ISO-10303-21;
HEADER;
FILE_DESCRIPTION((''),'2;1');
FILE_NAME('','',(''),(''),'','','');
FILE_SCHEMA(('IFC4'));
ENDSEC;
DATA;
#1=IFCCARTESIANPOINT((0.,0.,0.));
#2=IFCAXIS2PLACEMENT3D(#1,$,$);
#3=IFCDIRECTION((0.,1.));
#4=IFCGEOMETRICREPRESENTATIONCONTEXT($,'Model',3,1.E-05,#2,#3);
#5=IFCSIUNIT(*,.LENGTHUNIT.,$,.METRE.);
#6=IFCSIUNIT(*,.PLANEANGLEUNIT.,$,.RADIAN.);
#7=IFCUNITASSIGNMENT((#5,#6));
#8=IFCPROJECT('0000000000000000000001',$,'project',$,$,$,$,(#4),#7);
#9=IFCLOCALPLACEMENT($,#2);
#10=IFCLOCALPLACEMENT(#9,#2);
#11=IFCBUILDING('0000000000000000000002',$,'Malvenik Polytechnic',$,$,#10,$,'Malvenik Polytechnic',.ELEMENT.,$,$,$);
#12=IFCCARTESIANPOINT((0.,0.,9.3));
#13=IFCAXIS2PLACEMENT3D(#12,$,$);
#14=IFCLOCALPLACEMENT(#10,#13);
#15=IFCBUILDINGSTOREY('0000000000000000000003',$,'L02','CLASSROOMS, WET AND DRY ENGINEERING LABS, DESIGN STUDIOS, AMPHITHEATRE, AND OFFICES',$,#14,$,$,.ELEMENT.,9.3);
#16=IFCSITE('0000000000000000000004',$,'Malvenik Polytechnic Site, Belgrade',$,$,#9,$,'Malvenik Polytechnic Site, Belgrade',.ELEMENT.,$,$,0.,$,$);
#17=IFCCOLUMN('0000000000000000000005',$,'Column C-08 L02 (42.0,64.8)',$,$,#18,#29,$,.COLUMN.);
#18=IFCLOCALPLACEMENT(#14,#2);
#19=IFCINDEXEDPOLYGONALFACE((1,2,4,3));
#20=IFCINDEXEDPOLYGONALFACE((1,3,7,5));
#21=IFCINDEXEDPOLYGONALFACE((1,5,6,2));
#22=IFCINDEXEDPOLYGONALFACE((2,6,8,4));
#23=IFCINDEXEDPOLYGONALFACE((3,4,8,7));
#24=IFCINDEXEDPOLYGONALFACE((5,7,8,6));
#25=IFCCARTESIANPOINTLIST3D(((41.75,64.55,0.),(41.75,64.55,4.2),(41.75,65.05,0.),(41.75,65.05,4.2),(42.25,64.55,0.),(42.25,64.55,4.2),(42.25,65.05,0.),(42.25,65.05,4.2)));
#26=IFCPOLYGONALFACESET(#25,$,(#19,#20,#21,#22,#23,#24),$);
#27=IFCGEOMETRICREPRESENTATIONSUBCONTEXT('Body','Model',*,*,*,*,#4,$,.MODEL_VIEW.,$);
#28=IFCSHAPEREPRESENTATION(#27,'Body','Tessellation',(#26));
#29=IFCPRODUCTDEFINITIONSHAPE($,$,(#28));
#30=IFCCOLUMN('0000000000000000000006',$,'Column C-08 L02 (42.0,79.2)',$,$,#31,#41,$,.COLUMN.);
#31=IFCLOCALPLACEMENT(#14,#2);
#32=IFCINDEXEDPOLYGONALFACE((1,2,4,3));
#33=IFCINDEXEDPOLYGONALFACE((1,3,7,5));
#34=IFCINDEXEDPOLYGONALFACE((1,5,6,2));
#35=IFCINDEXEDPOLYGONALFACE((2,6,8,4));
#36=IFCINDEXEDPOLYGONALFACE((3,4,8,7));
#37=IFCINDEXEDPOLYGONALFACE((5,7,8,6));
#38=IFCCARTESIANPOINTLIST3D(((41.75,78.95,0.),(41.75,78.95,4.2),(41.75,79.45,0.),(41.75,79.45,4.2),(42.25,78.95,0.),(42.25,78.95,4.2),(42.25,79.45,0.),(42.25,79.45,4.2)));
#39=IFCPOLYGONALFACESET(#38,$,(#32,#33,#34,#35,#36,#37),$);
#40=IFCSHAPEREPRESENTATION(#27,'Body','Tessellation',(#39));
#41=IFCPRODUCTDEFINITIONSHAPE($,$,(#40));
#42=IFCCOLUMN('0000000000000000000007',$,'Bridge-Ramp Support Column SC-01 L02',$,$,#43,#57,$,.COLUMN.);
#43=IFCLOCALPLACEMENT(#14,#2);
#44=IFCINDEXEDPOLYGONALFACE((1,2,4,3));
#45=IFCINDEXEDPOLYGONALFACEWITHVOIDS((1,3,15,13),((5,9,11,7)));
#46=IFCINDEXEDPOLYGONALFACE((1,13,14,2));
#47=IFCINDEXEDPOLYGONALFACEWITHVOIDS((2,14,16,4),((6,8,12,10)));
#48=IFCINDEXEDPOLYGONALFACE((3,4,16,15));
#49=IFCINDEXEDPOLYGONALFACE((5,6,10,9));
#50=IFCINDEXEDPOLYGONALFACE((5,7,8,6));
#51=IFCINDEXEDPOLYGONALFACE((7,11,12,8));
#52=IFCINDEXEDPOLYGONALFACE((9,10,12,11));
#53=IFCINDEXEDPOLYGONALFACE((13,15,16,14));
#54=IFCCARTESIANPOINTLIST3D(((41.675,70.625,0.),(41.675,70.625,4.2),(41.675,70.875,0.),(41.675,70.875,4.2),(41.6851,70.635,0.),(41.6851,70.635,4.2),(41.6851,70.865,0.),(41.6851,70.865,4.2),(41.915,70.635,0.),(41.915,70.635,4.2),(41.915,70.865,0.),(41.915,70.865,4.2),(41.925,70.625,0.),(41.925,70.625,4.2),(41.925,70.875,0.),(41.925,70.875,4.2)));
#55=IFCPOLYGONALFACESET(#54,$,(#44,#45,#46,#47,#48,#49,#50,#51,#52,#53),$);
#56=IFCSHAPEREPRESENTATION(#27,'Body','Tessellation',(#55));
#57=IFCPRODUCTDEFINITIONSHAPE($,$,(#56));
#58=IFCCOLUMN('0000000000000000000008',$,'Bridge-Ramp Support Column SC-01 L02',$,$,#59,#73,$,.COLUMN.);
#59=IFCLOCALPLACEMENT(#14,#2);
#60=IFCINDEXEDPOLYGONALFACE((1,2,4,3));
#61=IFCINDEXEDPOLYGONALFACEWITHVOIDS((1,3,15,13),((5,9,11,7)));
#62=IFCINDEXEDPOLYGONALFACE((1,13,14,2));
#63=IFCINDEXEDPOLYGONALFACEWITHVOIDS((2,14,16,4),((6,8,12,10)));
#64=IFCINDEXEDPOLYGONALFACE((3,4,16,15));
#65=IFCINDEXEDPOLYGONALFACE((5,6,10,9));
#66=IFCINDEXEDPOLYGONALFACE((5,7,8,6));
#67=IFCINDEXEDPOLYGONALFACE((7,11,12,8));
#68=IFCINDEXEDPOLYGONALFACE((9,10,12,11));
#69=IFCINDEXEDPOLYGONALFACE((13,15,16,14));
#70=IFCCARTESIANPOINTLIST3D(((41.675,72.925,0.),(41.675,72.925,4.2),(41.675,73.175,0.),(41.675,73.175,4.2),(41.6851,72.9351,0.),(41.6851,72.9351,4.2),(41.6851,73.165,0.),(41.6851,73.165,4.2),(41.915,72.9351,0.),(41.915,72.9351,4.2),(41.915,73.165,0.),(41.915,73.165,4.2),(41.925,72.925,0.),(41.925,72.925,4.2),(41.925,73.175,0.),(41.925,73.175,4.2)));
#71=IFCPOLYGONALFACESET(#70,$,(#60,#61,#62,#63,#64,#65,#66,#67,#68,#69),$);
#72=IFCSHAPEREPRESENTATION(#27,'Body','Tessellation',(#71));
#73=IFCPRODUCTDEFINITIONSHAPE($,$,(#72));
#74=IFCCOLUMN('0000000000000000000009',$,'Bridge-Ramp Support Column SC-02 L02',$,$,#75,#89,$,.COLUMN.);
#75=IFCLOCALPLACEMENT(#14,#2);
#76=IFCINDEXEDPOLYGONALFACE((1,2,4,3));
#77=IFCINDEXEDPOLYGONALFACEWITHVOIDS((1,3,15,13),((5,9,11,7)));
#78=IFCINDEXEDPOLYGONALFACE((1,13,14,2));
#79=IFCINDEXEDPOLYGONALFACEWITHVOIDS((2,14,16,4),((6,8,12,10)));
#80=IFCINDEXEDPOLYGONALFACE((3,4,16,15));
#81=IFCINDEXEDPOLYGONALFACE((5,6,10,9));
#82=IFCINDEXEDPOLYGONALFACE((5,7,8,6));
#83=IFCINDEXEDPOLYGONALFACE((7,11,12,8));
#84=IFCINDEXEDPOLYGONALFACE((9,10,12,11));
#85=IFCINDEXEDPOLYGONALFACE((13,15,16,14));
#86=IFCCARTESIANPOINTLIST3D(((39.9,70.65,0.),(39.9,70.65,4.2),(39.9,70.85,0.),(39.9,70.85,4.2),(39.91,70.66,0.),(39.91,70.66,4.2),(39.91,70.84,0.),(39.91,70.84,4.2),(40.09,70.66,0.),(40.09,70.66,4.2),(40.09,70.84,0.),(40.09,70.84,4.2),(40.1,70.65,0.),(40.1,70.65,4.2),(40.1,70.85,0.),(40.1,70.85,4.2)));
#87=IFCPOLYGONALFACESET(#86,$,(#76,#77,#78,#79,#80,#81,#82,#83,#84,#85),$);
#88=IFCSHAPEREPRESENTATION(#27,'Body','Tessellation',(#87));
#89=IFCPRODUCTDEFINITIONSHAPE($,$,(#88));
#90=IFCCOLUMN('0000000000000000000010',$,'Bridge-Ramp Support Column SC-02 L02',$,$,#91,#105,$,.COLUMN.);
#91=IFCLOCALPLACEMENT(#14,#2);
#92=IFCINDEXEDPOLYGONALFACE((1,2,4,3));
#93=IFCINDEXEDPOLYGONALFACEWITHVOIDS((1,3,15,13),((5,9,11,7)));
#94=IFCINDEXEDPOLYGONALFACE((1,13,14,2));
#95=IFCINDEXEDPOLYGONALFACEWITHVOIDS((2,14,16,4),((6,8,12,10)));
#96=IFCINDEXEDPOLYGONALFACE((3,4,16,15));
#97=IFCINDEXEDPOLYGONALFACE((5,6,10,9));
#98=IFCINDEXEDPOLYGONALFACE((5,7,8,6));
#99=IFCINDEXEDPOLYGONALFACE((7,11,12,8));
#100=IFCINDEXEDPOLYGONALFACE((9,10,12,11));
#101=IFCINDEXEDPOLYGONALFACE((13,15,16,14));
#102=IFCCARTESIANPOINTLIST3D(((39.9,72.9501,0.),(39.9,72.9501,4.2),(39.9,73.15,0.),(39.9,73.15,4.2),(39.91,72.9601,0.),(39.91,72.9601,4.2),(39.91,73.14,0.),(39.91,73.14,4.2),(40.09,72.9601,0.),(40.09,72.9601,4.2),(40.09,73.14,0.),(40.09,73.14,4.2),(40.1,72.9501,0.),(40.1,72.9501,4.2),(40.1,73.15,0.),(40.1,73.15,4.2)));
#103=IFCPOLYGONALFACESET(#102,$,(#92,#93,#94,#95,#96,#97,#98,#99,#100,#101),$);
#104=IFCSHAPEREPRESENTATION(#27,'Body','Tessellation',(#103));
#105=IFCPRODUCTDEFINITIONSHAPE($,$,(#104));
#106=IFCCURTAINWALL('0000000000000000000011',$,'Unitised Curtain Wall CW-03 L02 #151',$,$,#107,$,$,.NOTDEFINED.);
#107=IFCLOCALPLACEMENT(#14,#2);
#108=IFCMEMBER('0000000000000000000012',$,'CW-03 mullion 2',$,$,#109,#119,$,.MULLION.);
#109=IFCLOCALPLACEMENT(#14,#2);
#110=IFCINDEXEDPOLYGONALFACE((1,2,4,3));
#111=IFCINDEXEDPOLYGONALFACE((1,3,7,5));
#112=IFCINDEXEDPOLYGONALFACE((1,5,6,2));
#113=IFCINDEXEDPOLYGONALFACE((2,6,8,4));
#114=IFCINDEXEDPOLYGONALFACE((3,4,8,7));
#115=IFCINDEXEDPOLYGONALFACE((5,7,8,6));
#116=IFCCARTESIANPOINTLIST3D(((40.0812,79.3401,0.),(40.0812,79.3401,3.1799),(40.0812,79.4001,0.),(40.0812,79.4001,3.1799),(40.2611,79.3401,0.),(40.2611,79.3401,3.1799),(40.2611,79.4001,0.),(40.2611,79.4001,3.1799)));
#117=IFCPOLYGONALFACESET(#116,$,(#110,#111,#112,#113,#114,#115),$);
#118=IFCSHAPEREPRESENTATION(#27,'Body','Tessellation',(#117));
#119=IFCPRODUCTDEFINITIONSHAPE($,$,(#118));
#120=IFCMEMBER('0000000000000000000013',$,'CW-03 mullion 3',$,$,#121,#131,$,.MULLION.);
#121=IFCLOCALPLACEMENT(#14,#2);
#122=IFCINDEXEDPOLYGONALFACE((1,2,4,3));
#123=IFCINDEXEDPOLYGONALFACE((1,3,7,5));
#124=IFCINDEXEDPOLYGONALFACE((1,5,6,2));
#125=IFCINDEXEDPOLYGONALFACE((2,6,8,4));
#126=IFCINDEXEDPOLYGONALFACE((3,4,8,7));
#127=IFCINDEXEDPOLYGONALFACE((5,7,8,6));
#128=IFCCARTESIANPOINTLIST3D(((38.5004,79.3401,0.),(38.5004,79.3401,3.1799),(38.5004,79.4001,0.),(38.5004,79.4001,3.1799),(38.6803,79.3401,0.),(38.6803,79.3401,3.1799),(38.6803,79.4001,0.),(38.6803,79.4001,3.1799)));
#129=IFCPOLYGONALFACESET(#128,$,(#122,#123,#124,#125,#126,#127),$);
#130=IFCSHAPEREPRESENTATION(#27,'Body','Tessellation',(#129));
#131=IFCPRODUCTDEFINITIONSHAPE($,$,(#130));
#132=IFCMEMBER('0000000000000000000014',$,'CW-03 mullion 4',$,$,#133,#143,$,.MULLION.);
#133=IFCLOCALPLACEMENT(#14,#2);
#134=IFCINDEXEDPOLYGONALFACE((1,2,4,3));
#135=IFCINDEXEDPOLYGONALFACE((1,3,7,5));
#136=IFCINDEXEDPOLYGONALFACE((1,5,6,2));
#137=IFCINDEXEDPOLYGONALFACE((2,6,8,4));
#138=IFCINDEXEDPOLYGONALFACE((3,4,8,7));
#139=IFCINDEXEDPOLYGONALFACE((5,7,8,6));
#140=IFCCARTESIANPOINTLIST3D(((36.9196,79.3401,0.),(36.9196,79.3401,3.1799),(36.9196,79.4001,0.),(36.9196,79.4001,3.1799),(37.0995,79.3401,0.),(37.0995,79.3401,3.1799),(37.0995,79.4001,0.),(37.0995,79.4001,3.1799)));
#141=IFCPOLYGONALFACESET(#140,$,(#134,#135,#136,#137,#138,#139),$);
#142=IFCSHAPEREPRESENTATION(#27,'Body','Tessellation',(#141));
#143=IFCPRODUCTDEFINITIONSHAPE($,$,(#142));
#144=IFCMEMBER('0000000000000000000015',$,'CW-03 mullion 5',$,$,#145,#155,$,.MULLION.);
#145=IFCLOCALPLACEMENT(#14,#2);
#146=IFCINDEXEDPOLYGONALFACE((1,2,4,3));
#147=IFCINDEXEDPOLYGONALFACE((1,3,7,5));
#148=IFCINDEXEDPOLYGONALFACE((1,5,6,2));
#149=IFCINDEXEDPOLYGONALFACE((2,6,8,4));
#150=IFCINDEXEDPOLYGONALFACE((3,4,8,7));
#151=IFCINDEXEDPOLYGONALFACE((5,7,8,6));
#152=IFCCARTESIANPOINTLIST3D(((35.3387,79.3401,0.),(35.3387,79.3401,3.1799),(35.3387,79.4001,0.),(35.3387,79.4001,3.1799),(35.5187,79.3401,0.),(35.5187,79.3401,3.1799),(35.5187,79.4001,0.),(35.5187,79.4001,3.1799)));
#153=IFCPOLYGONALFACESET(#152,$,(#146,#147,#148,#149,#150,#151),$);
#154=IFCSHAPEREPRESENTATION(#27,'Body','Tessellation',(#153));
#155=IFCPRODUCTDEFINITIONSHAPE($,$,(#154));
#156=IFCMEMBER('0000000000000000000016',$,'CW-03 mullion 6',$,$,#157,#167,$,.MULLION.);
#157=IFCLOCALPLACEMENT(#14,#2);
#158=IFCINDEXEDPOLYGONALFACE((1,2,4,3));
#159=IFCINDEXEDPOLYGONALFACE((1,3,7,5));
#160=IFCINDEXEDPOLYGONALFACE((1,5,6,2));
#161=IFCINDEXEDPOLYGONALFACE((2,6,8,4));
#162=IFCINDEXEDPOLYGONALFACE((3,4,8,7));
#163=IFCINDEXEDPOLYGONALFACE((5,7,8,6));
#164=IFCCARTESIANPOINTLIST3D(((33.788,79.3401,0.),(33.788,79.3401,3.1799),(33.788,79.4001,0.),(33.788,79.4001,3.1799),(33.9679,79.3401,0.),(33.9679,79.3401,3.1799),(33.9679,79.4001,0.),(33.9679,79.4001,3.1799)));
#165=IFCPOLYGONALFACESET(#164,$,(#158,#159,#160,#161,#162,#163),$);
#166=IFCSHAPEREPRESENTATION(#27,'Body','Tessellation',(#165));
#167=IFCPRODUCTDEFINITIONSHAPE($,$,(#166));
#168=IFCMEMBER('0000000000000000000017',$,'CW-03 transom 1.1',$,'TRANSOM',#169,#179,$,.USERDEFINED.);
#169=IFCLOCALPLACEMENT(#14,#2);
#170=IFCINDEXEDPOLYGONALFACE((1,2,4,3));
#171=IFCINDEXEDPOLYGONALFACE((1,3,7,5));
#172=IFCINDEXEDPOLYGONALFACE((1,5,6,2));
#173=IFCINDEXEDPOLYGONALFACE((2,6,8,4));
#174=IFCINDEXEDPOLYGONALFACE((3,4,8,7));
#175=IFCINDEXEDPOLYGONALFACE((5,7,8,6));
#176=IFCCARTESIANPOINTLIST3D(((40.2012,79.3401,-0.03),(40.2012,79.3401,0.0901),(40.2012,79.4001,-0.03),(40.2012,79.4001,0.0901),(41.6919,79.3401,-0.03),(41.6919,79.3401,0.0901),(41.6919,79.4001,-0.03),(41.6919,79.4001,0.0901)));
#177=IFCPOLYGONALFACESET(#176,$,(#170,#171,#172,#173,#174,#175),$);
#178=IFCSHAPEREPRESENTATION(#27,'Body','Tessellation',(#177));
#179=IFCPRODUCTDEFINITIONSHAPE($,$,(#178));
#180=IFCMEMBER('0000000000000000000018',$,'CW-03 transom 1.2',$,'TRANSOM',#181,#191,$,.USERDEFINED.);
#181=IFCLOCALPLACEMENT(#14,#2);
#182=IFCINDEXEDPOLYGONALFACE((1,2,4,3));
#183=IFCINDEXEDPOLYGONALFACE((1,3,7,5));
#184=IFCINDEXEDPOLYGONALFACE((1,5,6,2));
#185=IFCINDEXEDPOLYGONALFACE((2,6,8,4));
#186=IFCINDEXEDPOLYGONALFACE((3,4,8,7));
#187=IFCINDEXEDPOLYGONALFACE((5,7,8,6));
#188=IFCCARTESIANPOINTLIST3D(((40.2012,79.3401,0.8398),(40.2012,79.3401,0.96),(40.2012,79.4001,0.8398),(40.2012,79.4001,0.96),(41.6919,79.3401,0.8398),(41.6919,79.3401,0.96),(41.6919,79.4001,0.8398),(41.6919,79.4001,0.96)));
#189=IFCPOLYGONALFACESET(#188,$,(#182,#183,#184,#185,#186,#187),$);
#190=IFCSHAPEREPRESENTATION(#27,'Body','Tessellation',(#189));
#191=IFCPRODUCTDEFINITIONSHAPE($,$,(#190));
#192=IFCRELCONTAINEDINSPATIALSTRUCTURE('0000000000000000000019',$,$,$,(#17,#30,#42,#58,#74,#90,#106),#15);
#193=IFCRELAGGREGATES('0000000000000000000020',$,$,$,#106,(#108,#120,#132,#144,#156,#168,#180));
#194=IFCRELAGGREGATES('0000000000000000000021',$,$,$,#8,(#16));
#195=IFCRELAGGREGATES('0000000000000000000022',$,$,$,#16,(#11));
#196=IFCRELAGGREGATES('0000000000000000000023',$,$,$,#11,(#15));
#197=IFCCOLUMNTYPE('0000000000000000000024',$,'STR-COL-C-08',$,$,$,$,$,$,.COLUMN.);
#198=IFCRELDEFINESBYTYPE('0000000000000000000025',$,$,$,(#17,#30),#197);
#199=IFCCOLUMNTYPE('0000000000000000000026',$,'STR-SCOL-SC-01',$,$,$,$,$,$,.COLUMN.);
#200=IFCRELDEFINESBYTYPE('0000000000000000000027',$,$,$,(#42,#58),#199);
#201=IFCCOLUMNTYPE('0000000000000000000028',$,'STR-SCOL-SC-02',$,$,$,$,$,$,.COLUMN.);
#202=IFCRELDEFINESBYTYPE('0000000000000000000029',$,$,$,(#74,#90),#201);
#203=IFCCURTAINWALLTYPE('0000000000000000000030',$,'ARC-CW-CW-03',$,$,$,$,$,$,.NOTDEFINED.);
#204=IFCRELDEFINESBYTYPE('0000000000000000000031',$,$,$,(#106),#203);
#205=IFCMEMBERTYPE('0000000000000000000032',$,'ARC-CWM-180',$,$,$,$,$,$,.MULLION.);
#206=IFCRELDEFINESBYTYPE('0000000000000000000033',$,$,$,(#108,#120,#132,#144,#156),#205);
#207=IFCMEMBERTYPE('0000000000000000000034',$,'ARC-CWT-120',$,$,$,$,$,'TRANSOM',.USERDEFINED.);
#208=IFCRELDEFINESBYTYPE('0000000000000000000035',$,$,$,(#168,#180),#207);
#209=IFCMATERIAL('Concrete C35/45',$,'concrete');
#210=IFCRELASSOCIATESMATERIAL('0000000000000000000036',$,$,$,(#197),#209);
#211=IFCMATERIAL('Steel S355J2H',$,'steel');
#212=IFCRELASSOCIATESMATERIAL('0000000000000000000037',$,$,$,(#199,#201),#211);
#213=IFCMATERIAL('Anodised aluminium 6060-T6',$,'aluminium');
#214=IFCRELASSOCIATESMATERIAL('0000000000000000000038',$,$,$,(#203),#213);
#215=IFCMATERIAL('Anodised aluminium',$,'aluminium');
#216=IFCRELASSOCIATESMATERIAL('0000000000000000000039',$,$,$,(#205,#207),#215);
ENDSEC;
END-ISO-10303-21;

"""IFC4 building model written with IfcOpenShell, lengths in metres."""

from ifc_helpers import new_model, si_unit, direction, frame, origin, origin_2d, place, context, subcontext, project, spatial, rectangle, hollow_rectangle, extrude, material, material_profile, profile_set, type_object, element, aggregate, save


model = new_model("IFC4")

# Units and contexts
model_context = context("Model", 3, precision=1e-05, world=origin(), true_north=direction((0.0, 1.0)))
body_context = subcontext(model_context, "Body", "Model", "MODEL_VIEW")
ifc_project = project(units=[si_unit("LENGTHUNIT", "METRE"), si_unit("PLANEANGLEUNIT", "RADIAN")], contexts=[model_context])

# Site, building, storey
site_placement = place(None, origin())
site = spatial("IfcSite", under=ifc_project, at=site_placement, Name="Malvenik Polytechnic Site, Belgrade", LongName="Malvenik Polytechnic Site, Belgrade", CompositionType="ELEMENT", RefElevation=0.0)
building_placement = place(site_placement, origin())
building = spatial("IfcBuilding", under=site, at=building_placement, Name="Malvenik Polytechnic", LongName="Malvenik Polytechnic", CompositionType="ELEMENT")
storey_placement = place(building_placement, frame((0.0, 0.0, 9.3)))
storey = spatial("IfcBuildingStorey", under=building, at=storey_placement, Name="L02", Description="CLASSROOMS, WET AND DRY ENGINEERING LABS, DESIGN STUDIOS, AMPHITHEATRE, AND OFFICES", CompositionType="ELEMENT", Elevation=9.3)

# Columns
ifc_material_1 = material(Name="Concrete C35/45", Category="concrete")
ifc_material_profile_1 = material_profile(ifc_material_1, rectangle(XDim=0.5, YDim=0.5, at=origin_2d()), Name="RC COL 500x500")
ifc_profile_set_1 = profile_set([ifc_material_profile_1], Name="Concrete C35/45")
column_type_1 = type_object("IfcColumnType", Name="STR-COL-C-08", PredefinedType="COLUMN", material=ifc_profile_set_1)
for number, where, z_axis, x_axis, name in (
    (1, (42.0, 64.8, 0.0), (0.0, 0.0, 1.0), (1.0, 0.0, 0.0), "Column C-08 L02 (42.0,64.8)"),
    (2, (42.0, 79.2, 0.0), (0.0, 0.0, 1.0), (1.0, 0.0, 0.0), "Column C-08 L02 (42.0,79.2)"),
):
    element("IfcColumn", number, at=place(storey_placement, frame(where, z_axis=z_axis, x_axis=x_axis)), inside=storey, type_object=column_type_1, Name=name, PredefinedType="COLUMN", context=body_context, shape_type="SweptSolid", body=[
        extrude(rectangle(XDim=0.5, YDim=0.5, at=origin_2d()), origin(), (0.0, 0.0, 1.0), 4.2),
    ])
ifc_material_2 = material(Name="Steel S355J2H", Category="steel")
ifc_material_profile_2 = material_profile(ifc_material_2, hollow_rectangle(XDim=0.25, YDim=0.25, WallThickness=0.01, at=origin_2d()), Name="SHS 250x250x10.0")
ifc_profile_set_2 = profile_set([ifc_material_profile_2], Name="Steel S355J2H")
column_type_2 = type_object("IfcColumnType", Name="STR-SCOL-SC-01", PredefinedType="COLUMN", material=ifc_profile_set_2)
for number, where, z_axis, x_axis, name in (
    (3, (41.8, 70.75, 0.0), (0.0, 0.0, 1.0), (1.0, 0.0, 0.0), "Bridge-Ramp Support Column SC-01 L02"),
    (4, (41.8, 73.05, 0.0), (0.0, 0.0, 1.0), (1.0, 0.0, 0.0), "Bridge-Ramp Support Column SC-01 L02"),
):
    element("IfcColumn", number, at=place(storey_placement, frame(where, z_axis=z_axis, x_axis=x_axis)), inside=storey, type_object=column_type_2, Name=name, PredefinedType="COLUMN", context=body_context, shape_type="SweptSolid", body=[
        extrude(hollow_rectangle(XDim=0.25, YDim=0.25, WallThickness=0.01, at=origin_2d()), origin(), (0.0, 0.0, 1.0), 4.2),
    ])
ifc_material_profile_3 = material_profile(ifc_material_2, hollow_rectangle(XDim=0.2, YDim=0.2, WallThickness=0.01, at=origin_2d()), Name="SHS 200x200x10.0")
ifc_profile_set_3 = profile_set([ifc_material_profile_3], Name="Steel S355J2H")
column_type_3 = type_object("IfcColumnType", Name="STR-SCOL-SC-02", PredefinedType="COLUMN", material=ifc_profile_set_3)
for number, where, z_axis, x_axis, name in (
    (5, (40.0, 70.75, 0.0), (0.0, 0.0, 1.0), (1.0, 0.0, 0.0), "Bridge-Ramp Support Column SC-02 L02"),
    (6, (40.0, 73.05, 0.0), (0.0, 0.0, 1.0), (1.0, 0.0, 0.0), "Bridge-Ramp Support Column SC-02 L02"),
):
    element("IfcColumn", number, at=place(storey_placement, frame(where, z_axis=z_axis, x_axis=x_axis)), inside=storey, type_object=column_type_3, Name=name, PredefinedType="COLUMN", context=body_context, shape_type="SweptSolid", body=[
        extrude(hollow_rectangle(XDim=0.2, YDim=0.2, WallThickness=0.01, at=origin_2d()), origin(), (0.0, 0.0, 1.0), 4.2),
    ])

# Curtain wall, members
ifc_material_3 = material(Name="Anodised aluminium 6060-T6", Category="aluminium")
curtain_wall_type = type_object("IfcCurtainWallType", Name="ARC-CW-CW-03", PredefinedType="NOTDEFINED", material=ifc_material_3)
curtain_wall_placement = place(storey_placement, origin())
curtain_wall = element("IfcCurtainWall", 7, at=curtain_wall_placement, inside=storey, type_object=curtain_wall_type, Name="Unitised Curtain Wall CW-03 L02 #151", PredefinedType="NOTDEFINED")
ifc_material_4 = material(Name="Anodised aluminium", Category="aluminium")
ifc_material_profile_4 = material_profile(ifc_material_4, rectangle(XDim=0.0601, YDim=0.1799, at=origin_2d()), Name="ALU MULLION 60x180")
ifc_profile_set_4 = profile_set([ifc_material_profile_4], Name="Anodised aluminium")
member_type_1 = type_object("IfcMemberType", Name="ARC-CWM-180", PredefinedType="MULLION", material=ifc_profile_set_4)
member_1_placement = place(storey_placement, frame((40.1711, 79.3701, 0.0), z_axis=(0.0, 0.0, 1.0), x_axis=(0.0, -1.0, 0.0)))
member_1 = element("IfcMember", 8, at=member_1_placement, type_object=member_type_1, Name="CW-03 mullion 2", PredefinedType="MULLION", context=body_context, shape_type="SweptSolid", body=[
    extrude(rectangle(XDim=0.0601, YDim=0.1799, at=origin_2d()), origin(), (0.0, 0.0, 1.0), 3.1799),
])
member_2_placement = place(storey_placement, frame((38.5903, 79.3701, 0.0), z_axis=(0.0, 0.0, 1.0), x_axis=(0.0, -1.0, 0.0)))
member_2 = element("IfcMember", 9, at=member_2_placement, type_object=member_type_1, Name="CW-03 mullion 3", PredefinedType="MULLION", context=body_context, shape_type="SweptSolid", body=[
    extrude(rectangle(XDim=0.0601, YDim=0.1799, at=origin_2d()), origin(), (0.0, 0.0, 1.0), 3.1799),
])
member_3_placement = place(storey_placement, frame((37.0095, 79.3701, 0.0), z_axis=(0.0, 0.0, 1.0), x_axis=(0.0, -1.0, 0.0)))
member_3 = element("IfcMember", 10, at=member_3_placement, type_object=member_type_1, Name="CW-03 mullion 4", PredefinedType="MULLION", context=body_context, shape_type="SweptSolid", body=[
    extrude(rectangle(XDim=0.0601, YDim=0.1799, at=origin_2d()), origin(), (0.0, 0.0, 1.0), 3.1799),
])
member_4_placement = place(storey_placement, frame((35.4287, 79.3701, 0.0), z_axis=(0.0, 0.0, 1.0), x_axis=(0.0, -1.0, 0.0)))
member_4 = element("IfcMember", 11, at=member_4_placement, type_object=member_type_1, Name="CW-03 mullion 5", PredefinedType="MULLION", context=body_context, shape_type="SweptSolid", body=[
    extrude(rectangle(XDim=0.0601, YDim=0.1799, at=origin_2d()), origin(), (0.0, 0.0, 1.0), 3.1799),
])
member_5_placement = place(storey_placement, frame((33.8779, 79.3701, 0.0), z_axis=(0.0, 0.0, 1.0), x_axis=(0.0, -1.0, 0.0)))
member_5 = element("IfcMember", 12, at=member_5_placement, type_object=member_type_1, Name="CW-03 mullion 6", PredefinedType="MULLION", context=body_context, shape_type="SweptSolid", body=[
    extrude(rectangle(XDim=0.0601, YDim=0.1799, at=origin_2d()), origin(), (0.0, 0.0, 1.0), 3.1799),
])
ifc_material_profile_5 = material_profile(ifc_material_4, rectangle(XDim=0.0601, YDim=0.1201, at=origin_2d()), Name="ALU TRANSOM 60x120")
ifc_profile_set_5 = profile_set([ifc_material_profile_5], Name="Anodised aluminium")
member_type_2 = type_object("IfcMemberType", Name="ARC-CWT-120", ElementType="TRANSOM", PredefinedType="USERDEFINED", material=ifc_profile_set_5)
member_6_placement = place(storey_placement, frame((41.6919, 79.3701, 0.03), z_axis=(-1.0, 0.0, 0.0), x_axis=(0.0, -1.0, 0.0)))
member_6 = element("IfcMember", 13, at=member_6_placement, type_object=member_type_2, Name="CW-03 transom 1.1", ObjectType="TRANSOM", PredefinedType="USERDEFINED", context=body_context, shape_type="SweptSolid", body=[
    extrude(rectangle(XDim=0.0601, YDim=0.1201, at=origin_2d()), origin(), (0.0, 0.0, 1.0), 1.4907),
])
member_7_placement = place(storey_placement, frame((41.6919, 79.3701, 0.8999), z_axis=(-1.0, 0.0, 0.0), x_axis=(0.0, -1.0, 0.0)))
member_7 = element("IfcMember", 14, at=member_7_placement, type_object=member_type_2, Name="CW-03 transom 1.2", ObjectType="TRANSOM", PredefinedType="USERDEFINED", context=body_context, shape_type="SweptSolid", body=[
    extrude(rectangle(XDim=0.0601, YDim=0.1201, at=origin_2d()), origin(), (0.0, 0.0, 1.0), 1.4907),
])

aggregate(curtain_wall, [member_1, member_2, member_3, member_4, member_5, member_6, member_7])

save(model, "model.ifc")
